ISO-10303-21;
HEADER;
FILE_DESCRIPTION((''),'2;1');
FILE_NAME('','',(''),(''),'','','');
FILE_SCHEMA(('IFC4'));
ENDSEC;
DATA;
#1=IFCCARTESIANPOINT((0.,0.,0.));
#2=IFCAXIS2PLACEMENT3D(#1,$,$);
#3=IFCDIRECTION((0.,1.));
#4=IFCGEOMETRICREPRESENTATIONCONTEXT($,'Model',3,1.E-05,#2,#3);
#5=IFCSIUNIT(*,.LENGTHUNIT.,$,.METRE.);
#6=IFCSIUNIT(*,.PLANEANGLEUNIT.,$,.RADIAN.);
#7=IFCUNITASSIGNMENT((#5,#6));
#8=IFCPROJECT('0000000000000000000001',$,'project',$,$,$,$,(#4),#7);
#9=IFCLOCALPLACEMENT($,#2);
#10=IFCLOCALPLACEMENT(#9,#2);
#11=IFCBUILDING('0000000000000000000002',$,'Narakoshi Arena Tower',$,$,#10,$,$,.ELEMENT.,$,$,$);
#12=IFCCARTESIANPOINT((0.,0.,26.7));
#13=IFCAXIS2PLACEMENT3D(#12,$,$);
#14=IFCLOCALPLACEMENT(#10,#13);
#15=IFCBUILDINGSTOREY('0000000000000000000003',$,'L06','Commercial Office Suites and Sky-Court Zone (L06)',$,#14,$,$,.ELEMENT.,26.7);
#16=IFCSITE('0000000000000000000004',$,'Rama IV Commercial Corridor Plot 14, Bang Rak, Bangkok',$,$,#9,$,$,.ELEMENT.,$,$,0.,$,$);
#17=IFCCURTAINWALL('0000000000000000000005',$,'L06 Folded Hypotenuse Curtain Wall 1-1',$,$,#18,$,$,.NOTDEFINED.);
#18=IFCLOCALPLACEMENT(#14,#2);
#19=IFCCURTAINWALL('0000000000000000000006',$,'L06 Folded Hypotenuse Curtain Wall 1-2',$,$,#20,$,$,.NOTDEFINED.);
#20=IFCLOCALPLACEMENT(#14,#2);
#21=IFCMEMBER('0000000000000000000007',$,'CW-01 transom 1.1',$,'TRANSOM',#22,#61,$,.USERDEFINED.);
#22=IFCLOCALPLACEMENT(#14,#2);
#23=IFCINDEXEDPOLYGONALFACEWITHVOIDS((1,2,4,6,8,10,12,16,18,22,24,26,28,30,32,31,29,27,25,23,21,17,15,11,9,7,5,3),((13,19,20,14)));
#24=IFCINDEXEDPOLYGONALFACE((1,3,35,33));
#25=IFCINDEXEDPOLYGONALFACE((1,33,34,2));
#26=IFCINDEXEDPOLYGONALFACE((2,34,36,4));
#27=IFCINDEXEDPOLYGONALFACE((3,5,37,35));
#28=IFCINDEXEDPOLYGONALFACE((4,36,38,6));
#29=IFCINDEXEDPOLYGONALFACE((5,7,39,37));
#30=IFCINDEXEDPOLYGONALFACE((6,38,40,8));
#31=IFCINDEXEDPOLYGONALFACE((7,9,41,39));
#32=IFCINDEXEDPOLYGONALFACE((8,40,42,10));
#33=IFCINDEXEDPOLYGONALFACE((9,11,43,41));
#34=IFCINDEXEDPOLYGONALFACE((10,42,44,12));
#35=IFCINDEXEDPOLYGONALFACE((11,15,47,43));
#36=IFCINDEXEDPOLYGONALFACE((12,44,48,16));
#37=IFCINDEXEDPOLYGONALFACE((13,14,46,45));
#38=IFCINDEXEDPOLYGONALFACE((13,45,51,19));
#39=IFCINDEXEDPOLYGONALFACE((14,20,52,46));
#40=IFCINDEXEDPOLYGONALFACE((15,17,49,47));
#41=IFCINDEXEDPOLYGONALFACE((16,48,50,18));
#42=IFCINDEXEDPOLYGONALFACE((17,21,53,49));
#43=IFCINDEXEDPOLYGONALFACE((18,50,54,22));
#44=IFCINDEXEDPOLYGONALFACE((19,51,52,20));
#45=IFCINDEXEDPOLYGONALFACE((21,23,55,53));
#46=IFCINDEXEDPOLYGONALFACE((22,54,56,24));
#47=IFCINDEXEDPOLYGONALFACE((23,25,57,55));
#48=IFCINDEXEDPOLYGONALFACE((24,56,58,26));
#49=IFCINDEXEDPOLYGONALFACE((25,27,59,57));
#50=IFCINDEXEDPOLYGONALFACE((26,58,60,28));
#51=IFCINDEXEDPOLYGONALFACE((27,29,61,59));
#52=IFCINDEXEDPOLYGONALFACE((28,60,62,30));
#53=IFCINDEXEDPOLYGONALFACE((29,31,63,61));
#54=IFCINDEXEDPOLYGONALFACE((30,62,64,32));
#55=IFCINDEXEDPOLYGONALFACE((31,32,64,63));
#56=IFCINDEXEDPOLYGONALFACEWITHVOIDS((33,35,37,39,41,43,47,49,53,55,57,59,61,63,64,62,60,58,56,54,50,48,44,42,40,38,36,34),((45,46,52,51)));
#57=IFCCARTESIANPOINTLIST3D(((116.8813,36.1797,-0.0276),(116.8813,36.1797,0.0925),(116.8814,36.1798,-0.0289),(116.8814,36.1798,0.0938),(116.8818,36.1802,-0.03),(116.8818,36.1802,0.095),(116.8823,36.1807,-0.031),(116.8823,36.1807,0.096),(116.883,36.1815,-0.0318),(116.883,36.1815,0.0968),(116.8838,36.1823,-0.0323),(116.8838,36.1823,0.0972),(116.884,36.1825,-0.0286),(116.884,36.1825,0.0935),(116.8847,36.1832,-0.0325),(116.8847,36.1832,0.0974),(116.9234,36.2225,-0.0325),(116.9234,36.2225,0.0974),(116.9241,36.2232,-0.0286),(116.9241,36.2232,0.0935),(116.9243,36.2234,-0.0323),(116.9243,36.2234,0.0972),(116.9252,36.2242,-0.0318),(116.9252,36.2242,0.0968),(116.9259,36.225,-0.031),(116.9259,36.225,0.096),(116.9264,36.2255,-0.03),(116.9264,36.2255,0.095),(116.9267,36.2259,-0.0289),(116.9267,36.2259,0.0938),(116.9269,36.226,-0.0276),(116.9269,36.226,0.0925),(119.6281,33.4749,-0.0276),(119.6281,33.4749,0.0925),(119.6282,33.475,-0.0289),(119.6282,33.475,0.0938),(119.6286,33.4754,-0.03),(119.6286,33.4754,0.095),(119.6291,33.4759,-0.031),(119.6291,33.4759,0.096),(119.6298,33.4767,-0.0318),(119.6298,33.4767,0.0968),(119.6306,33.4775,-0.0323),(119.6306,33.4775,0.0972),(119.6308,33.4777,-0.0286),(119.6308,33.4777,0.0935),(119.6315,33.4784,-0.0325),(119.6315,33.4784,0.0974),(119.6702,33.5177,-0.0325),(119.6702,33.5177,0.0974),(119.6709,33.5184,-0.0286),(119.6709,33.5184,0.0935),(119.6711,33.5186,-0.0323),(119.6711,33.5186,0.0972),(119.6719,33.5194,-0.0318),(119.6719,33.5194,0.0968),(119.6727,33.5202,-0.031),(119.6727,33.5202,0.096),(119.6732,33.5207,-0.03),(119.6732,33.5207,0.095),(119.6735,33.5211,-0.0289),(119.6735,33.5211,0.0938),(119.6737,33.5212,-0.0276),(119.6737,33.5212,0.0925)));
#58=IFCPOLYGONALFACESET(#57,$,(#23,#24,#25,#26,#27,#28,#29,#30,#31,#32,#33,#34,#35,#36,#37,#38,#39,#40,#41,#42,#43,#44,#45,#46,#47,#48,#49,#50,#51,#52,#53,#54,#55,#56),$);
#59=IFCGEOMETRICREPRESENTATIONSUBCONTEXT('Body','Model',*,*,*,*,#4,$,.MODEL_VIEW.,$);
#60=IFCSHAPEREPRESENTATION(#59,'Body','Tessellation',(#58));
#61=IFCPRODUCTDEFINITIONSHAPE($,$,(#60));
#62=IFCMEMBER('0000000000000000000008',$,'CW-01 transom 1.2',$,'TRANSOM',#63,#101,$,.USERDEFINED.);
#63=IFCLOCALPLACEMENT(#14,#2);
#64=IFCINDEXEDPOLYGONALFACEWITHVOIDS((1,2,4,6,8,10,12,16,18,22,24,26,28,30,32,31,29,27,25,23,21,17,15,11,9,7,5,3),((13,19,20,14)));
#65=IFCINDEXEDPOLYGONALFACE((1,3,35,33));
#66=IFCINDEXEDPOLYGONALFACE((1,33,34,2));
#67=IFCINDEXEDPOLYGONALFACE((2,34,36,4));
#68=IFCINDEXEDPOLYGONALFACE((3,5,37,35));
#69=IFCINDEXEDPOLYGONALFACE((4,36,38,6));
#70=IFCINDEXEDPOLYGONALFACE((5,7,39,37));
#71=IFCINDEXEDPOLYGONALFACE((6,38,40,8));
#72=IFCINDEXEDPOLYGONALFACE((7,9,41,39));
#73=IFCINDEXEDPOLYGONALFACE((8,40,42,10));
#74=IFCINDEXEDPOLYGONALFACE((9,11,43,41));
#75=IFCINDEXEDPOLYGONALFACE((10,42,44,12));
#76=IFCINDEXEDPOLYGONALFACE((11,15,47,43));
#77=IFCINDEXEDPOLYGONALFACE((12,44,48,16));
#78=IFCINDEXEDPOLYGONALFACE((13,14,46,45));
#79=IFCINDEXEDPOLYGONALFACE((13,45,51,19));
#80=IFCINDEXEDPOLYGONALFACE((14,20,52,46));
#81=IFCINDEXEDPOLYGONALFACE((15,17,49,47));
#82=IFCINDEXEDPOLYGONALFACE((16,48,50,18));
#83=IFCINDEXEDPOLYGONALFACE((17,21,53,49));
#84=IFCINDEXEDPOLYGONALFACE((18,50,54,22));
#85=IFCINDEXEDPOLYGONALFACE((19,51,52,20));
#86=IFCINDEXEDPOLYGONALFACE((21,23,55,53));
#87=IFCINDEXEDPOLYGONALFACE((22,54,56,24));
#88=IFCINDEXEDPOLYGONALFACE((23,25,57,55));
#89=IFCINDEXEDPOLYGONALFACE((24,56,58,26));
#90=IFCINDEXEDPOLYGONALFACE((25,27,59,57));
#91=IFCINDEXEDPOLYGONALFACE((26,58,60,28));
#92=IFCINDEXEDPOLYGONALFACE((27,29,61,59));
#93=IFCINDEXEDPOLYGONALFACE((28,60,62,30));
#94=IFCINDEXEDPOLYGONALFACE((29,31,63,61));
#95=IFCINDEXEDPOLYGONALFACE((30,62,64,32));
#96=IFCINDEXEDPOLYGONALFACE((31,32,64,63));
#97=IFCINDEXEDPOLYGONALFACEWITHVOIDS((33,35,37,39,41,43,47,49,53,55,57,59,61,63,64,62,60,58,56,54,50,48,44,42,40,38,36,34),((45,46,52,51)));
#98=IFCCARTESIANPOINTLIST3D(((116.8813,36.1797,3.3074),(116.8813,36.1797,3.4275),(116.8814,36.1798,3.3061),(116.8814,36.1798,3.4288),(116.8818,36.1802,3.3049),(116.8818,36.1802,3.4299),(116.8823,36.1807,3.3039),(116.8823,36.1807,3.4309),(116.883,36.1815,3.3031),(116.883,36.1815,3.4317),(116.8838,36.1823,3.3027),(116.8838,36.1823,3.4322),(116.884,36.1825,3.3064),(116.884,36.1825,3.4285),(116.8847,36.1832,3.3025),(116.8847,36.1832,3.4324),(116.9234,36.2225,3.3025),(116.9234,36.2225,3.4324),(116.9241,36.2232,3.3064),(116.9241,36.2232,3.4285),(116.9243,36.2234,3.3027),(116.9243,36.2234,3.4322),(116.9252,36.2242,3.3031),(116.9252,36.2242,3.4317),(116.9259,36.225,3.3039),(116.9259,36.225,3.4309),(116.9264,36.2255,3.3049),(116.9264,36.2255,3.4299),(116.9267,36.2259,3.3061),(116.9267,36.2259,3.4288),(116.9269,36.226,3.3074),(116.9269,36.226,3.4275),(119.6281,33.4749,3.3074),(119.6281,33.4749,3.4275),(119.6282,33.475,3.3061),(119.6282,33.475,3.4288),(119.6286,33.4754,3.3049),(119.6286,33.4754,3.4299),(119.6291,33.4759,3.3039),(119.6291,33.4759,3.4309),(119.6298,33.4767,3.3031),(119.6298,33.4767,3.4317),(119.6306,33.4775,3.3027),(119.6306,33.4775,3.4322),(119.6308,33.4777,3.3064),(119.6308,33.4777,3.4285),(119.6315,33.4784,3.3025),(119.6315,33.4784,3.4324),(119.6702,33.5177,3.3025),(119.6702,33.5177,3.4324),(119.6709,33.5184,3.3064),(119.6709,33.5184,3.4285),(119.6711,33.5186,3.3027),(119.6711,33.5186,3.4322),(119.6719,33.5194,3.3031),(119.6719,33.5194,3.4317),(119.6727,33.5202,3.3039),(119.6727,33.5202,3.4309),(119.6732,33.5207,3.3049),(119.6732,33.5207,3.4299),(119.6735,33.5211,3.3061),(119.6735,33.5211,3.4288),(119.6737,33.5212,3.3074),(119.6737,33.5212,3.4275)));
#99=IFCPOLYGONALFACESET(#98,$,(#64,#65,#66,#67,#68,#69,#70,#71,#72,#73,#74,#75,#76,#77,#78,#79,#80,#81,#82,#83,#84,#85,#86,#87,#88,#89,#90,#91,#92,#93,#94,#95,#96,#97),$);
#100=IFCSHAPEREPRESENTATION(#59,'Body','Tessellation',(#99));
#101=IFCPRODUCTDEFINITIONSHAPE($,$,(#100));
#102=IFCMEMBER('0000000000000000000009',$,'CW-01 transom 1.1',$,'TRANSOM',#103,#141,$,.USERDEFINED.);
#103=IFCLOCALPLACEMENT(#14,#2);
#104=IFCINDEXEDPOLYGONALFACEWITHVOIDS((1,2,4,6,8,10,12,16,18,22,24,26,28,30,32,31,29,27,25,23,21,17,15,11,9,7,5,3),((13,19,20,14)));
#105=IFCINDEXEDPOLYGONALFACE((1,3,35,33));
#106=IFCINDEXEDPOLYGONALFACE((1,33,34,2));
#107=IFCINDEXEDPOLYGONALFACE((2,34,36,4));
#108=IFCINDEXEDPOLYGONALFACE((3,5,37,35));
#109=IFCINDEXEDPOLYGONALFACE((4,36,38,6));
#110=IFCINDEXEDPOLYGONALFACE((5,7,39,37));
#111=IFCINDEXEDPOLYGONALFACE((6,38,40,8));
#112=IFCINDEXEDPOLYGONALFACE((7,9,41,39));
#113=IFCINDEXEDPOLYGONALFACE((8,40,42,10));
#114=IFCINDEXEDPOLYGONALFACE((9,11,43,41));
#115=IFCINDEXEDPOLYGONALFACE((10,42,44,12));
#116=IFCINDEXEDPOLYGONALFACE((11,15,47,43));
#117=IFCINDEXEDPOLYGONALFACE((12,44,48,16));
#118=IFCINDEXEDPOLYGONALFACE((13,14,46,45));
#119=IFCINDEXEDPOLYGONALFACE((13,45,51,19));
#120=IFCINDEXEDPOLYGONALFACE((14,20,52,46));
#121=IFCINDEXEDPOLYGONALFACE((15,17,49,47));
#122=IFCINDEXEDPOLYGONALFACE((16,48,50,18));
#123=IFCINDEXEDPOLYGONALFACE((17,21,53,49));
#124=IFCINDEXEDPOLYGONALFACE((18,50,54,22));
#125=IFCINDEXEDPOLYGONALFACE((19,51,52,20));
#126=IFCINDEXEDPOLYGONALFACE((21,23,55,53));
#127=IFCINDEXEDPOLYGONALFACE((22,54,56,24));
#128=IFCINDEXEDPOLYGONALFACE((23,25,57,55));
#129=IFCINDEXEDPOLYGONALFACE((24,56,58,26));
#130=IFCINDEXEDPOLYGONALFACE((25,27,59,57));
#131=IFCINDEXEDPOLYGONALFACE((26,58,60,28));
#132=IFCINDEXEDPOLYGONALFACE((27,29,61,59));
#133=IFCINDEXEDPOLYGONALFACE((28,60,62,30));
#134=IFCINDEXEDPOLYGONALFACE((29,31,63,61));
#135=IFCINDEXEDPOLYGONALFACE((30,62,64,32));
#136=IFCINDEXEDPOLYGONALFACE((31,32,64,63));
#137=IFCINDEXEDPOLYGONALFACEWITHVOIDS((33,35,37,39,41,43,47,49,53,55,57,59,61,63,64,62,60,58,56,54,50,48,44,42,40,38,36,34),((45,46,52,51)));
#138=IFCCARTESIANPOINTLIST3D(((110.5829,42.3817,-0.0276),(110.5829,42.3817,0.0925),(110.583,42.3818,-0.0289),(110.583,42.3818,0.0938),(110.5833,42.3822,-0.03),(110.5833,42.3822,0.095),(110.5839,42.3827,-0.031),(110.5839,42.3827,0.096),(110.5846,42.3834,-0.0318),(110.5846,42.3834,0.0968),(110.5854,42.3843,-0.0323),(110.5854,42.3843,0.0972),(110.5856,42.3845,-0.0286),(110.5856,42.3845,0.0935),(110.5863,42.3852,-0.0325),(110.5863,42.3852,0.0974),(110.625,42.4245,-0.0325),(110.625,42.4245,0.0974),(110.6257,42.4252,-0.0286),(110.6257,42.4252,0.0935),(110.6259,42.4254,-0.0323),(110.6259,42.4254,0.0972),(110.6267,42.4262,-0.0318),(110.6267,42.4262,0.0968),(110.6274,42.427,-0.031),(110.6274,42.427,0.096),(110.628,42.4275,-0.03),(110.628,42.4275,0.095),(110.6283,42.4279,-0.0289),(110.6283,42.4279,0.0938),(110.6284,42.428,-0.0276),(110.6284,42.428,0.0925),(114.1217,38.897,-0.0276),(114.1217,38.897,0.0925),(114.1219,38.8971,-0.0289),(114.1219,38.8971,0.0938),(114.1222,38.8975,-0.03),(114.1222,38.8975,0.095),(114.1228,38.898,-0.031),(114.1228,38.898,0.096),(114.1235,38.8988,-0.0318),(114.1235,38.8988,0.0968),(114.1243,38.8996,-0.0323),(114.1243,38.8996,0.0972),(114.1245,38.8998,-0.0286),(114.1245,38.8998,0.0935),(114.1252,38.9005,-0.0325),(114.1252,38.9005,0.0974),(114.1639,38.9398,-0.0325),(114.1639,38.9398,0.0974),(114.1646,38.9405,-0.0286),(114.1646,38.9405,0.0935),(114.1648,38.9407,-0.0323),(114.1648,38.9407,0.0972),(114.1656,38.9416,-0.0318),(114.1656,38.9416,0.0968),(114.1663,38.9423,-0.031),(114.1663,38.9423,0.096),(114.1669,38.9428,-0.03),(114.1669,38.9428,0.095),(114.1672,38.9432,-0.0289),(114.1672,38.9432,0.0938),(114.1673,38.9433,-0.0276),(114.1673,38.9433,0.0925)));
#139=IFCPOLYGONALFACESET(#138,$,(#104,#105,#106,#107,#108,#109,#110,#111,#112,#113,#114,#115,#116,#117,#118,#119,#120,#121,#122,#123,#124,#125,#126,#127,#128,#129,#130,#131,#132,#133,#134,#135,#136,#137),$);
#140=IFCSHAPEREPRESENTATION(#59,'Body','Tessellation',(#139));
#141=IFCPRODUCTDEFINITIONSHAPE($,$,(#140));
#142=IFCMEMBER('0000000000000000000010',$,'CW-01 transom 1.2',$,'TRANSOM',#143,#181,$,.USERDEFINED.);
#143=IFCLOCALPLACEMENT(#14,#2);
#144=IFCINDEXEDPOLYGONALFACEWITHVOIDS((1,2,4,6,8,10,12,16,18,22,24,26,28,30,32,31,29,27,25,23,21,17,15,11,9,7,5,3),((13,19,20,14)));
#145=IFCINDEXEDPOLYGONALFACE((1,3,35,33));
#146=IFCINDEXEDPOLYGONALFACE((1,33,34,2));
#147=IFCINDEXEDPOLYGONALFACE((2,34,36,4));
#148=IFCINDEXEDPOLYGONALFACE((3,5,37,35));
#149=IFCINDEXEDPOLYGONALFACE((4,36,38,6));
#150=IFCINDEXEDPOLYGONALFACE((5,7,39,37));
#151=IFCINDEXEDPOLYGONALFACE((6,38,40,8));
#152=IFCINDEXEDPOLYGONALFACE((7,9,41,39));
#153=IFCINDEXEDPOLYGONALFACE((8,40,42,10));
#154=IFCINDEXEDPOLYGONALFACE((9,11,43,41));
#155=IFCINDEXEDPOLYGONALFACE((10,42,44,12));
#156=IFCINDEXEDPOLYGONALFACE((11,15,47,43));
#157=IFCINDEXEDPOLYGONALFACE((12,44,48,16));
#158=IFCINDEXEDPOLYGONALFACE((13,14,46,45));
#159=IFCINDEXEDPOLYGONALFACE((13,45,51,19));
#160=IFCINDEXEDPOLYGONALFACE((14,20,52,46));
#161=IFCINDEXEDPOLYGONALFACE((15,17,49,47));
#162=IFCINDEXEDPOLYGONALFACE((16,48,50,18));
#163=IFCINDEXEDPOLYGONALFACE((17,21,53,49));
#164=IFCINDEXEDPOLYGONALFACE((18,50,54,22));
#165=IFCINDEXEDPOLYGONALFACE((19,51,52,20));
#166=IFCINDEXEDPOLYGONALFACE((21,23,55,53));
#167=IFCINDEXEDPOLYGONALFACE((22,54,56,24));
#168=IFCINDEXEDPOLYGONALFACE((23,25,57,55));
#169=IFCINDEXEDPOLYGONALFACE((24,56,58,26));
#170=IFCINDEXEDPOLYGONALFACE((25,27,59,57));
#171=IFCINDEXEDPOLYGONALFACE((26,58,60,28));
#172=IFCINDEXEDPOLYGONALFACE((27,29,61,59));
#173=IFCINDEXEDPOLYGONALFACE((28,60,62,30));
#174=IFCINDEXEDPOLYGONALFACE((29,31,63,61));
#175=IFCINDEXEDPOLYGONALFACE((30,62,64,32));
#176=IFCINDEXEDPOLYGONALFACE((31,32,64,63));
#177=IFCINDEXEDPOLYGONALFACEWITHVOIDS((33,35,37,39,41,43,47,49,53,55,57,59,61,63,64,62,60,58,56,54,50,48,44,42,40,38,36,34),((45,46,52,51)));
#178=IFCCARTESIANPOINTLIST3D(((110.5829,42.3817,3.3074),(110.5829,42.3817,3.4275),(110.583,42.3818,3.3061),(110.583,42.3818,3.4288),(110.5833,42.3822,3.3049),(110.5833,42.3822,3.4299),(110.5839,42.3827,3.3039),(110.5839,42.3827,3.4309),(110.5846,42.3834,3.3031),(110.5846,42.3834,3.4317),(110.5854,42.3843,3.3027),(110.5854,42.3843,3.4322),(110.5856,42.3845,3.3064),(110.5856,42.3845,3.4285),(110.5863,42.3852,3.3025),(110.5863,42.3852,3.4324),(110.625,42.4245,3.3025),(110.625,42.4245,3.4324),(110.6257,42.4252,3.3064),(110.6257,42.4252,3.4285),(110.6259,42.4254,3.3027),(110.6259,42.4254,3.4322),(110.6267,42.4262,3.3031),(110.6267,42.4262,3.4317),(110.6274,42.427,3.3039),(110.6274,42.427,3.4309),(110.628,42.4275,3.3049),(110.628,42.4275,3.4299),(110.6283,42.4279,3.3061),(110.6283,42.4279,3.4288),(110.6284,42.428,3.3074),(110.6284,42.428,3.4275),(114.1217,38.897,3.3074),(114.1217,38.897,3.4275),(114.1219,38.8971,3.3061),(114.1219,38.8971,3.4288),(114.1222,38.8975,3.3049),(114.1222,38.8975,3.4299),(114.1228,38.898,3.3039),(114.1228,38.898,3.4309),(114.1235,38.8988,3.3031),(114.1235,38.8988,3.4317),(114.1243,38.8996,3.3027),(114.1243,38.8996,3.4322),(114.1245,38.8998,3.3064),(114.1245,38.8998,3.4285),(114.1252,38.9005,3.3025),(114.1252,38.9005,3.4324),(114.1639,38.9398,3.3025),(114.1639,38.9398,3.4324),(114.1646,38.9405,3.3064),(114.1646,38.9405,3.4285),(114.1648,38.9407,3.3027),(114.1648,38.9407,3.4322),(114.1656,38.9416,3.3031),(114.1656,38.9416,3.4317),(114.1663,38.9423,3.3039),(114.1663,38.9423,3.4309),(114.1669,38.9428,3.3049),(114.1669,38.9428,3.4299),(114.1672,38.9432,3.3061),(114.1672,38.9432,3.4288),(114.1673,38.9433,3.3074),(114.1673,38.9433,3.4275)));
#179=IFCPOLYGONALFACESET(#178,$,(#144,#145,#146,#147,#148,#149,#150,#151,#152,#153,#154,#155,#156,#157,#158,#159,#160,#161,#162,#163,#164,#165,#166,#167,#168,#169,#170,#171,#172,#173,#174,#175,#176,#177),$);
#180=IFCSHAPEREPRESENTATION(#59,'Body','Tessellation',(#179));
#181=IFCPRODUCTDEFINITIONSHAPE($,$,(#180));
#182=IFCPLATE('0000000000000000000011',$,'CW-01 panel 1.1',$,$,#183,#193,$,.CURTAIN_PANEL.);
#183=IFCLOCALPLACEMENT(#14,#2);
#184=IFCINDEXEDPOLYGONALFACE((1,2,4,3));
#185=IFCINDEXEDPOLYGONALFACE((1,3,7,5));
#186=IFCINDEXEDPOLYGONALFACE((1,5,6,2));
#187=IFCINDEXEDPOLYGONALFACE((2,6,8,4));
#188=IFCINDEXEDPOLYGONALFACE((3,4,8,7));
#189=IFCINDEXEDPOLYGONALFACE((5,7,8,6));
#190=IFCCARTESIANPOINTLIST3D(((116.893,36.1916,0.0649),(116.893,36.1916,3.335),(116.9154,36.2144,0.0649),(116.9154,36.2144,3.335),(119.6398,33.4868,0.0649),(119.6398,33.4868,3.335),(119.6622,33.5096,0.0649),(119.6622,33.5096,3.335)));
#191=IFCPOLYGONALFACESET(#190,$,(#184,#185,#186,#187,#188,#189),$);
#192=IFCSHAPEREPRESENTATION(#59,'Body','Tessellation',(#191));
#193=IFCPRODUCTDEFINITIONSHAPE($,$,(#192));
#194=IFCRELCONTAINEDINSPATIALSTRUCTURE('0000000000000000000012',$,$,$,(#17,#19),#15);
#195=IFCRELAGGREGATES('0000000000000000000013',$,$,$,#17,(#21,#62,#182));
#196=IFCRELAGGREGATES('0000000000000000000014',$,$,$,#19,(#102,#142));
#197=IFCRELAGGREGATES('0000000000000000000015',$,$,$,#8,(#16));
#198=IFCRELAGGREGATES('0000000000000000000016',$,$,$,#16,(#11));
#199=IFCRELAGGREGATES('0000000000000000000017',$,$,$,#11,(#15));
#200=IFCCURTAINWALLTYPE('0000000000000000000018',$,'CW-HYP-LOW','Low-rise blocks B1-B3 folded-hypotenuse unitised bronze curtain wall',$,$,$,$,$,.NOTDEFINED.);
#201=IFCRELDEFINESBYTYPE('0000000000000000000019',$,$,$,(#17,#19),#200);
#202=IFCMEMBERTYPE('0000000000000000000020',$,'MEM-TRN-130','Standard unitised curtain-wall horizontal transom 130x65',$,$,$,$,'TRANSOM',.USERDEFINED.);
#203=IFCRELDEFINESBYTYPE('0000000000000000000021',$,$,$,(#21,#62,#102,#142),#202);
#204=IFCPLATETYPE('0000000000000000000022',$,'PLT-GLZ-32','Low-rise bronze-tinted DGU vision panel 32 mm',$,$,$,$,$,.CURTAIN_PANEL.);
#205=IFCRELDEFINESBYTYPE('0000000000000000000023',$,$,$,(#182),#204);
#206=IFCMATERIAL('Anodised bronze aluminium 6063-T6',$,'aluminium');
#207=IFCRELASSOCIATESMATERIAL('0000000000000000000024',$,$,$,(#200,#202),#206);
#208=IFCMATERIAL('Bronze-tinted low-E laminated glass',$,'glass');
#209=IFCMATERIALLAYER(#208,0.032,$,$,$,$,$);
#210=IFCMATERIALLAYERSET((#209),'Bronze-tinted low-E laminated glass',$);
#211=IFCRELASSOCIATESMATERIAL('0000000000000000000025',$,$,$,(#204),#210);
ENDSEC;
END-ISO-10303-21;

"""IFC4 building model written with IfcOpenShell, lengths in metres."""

from ifc_helpers import new_model, si_unit, direction, frame, origin, origin_2d, place, context, subcontext, project, spatial, rectangle, hollow_rectangle, extrude, material, layer, layer_set, material_profile, profile_set, type_object, element, aggregate, save


model = new_model("IFC4")

# Units and contexts
model_context = context("Model", 3, precision=1e-05, world=origin(), true_north=direction((0.0, 1.0)))
body_context = subcontext(model_context, "Body", "Model", "MODEL_VIEW")
ifc_project = project(units=[si_unit("LENGTHUNIT", "METRE"), si_unit("PLANEANGLEUNIT", "RADIAN")], contexts=[model_context])

# Site, building, storey
site_placement = place(None, origin())
site = spatial("IfcSite", under=ifc_project, at=site_placement, Name="Rama IV Commercial Corridor Plot 14, Bang Rak, Bangkok", CompositionType="ELEMENT", RefElevation=0.0)
building_placement = place(site_placement, origin())
building = spatial("IfcBuilding", under=site, at=building_placement, Name="Narakoshi Arena Tower", CompositionType="ELEMENT")
storey_placement = place(building_placement, frame((0.0, 0.0, 26.7)))
storey = spatial("IfcBuildingStorey", under=building, at=storey_placement, Name="L06", Description="Commercial Office Suites and Sky-Court Zone (L06)", CompositionType="ELEMENT", Elevation=26.7)

# Curtain walls
ifc_material_1 = material(Name="Anodised bronze aluminium 6063-T6", Category="aluminium")
curtain_wall_type = type_object("IfcCurtainWallType", Name="CW-HYP-LOW", Description="Low-rise blocks B1-B3 folded-hypotenuse unitised bronze curtain wall", PredefinedType="NOTDEFINED", material=ifc_material_1)
curtain_wall_1_placement = place(storey_placement, origin())
curtain_wall_1 = element("IfcCurtainWall", 1, at=curtain_wall_1_placement, inside=storey, type_object=curtain_wall_type, Name="L06 Folded Hypotenuse Curtain Wall 1-1", PredefinedType="NOTDEFINED")
curtain_wall_2_placement = place(storey_placement, origin())
curtain_wall_2 = element("IfcCurtainWall", 2, at=curtain_wall_2_placement, inside=storey, type_object=curtain_wall_type, Name="L06 Folded Hypotenuse Curtain Wall 1-2", PredefinedType="NOTDEFINED")

# Members
ifc_material_profile_1 = material_profile(ifc_material_1, hollow_rectangle(XDim=0.0649, YDim=0.1299, WallThickness=0.0039, OuterFilletRadius=0.0049, at=origin_2d()), Name="TRN130x65x4")
ifc_profile_set_1 = profile_set([ifc_material_profile_1], Name="Anodised bronze aluminium 6063-T6")
member_type_1 = type_object("IfcMemberType", Name="MEM-TRN-130", Description="Standard unitised curtain-wall horizontal transom 130x65", ElementType="TRANSOM", PredefinedType="USERDEFINED", material=ifc_profile_set_1)
member_1_placement = place(storey_placement, frame((119.6509, 33.498, 0.0325), z_axis=(-0.712532, 0.701639, 0.0), x_axis=(-0.701639, -0.712532, 0.0)))
member_1 = element("IfcMember", 3, at=member_1_placement, type_object=member_type_1, Name="CW-01 transom 1.1", ObjectType="TRANSOM", PredefinedType="USERDEFINED", context=body_context, shape_type="SweptSolid", body=[
    extrude(hollow_rectangle(XDim=0.0649, YDim=0.1299, WallThickness=0.0039, OuterFilletRadius=0.0049, at=origin_2d()), origin(), (0.0, 0.0, 1.0), 3.855),
])
member_2_placement = place(storey_placement, frame((119.6509, 33.498, 3.3674), z_axis=(-0.712532, 0.701639, 0.0), x_axis=(-0.701639, -0.712532, 0.0)))
member_2 = element("IfcMember", 4, at=member_2_placement, type_object=member_type_1, Name="CW-01 transom 1.2", ObjectType="TRANSOM", PredefinedType="USERDEFINED", context=body_context, shape_type="SweptSolid", body=[
    extrude(hollow_rectangle(XDim=0.0649, YDim=0.1299, WallThickness=0.0039, OuterFilletRadius=0.0049, at=origin_2d()), origin(), (0.0, 0.0, 1.0), 3.855),
])
member_3_placement = place(storey_placement, frame((114.1445, 38.9202, 0.0325), z_axis=(-0.712542, 0.701629, 0.0), x_axis=(-0.701629, -0.712542, 0.0)))
member_3 = element("IfcMember", 5, at=member_3_placement, type_object=member_type_1, Name="CW-01 transom 1.1", ObjectType="TRANSOM", PredefinedType="USERDEFINED", context=body_context, shape_type="SweptSolid", body=[
    extrude(hollow_rectangle(XDim=0.0649, YDim=0.1299, WallThickness=0.0039, OuterFilletRadius=0.0049, at=origin_2d()), origin(), (0.0, 0.0, 1.0), 4.9666),
])
member_4_placement = place(storey_placement, frame((114.1445, 38.9202, 3.3674), z_axis=(-0.712542, 0.701629, 0.0), x_axis=(-0.701629, -0.712542, 0.0)))
member_4 = element("IfcMember", 6, at=member_4_placement, type_object=member_type_1, Name="CW-01 transom 1.2", ObjectType="TRANSOM", PredefinedType="USERDEFINED", context=body_context, shape_type="SweptSolid", body=[
    extrude(hollow_rectangle(XDim=0.0649, YDim=0.1299, WallThickness=0.0039, OuterFilletRadius=0.0049, at=origin_2d()), origin(), (0.0, 0.0, 1.0), 4.9666),
])

# Plate
ifc_material_2 = material(Name="Bronze-tinted low-E laminated glass", Category="glass")
ifc_layer_1 = layer(ifc_material_2, 0.032)
ifc_layer_set_1 = layer_set([ifc_layer_1], Name="Bronze-tinted low-E laminated glass")
plate_type_1 = type_object("IfcPlateType", Name="PLT-GLZ-32", Description="Low-rise bronze-tinted DGU vision panel 32 mm", PredefinedType="CURTAIN_PANEL", material=ifc_layer_set_1)
plate_1_placement = place(storey_placement, frame((118.2776, 34.8506, 0.0649), z_axis=(0.0, 0.0, 1.0), x_axis=(-0.712541, 0.70163, 0.0)))
plate_1 = element("IfcPlate", 7, at=plate_1_placement, type_object=plate_type_1, Name="CW-01 panel 1.1", PredefinedType="CURTAIN_PANEL", context=body_context, shape_type="SweptSolid", body=[
    extrude(rectangle(XDim=3.855, YDim=0.032, at=origin_2d()), origin(), (0.0, 0.0, 1.0), 3.27),
])
aggregate(curtain_wall_1, [member_1, member_2, plate_1])
aggregate(curtain_wall_2, [member_3, member_4])

save(model, "model.ifc")
